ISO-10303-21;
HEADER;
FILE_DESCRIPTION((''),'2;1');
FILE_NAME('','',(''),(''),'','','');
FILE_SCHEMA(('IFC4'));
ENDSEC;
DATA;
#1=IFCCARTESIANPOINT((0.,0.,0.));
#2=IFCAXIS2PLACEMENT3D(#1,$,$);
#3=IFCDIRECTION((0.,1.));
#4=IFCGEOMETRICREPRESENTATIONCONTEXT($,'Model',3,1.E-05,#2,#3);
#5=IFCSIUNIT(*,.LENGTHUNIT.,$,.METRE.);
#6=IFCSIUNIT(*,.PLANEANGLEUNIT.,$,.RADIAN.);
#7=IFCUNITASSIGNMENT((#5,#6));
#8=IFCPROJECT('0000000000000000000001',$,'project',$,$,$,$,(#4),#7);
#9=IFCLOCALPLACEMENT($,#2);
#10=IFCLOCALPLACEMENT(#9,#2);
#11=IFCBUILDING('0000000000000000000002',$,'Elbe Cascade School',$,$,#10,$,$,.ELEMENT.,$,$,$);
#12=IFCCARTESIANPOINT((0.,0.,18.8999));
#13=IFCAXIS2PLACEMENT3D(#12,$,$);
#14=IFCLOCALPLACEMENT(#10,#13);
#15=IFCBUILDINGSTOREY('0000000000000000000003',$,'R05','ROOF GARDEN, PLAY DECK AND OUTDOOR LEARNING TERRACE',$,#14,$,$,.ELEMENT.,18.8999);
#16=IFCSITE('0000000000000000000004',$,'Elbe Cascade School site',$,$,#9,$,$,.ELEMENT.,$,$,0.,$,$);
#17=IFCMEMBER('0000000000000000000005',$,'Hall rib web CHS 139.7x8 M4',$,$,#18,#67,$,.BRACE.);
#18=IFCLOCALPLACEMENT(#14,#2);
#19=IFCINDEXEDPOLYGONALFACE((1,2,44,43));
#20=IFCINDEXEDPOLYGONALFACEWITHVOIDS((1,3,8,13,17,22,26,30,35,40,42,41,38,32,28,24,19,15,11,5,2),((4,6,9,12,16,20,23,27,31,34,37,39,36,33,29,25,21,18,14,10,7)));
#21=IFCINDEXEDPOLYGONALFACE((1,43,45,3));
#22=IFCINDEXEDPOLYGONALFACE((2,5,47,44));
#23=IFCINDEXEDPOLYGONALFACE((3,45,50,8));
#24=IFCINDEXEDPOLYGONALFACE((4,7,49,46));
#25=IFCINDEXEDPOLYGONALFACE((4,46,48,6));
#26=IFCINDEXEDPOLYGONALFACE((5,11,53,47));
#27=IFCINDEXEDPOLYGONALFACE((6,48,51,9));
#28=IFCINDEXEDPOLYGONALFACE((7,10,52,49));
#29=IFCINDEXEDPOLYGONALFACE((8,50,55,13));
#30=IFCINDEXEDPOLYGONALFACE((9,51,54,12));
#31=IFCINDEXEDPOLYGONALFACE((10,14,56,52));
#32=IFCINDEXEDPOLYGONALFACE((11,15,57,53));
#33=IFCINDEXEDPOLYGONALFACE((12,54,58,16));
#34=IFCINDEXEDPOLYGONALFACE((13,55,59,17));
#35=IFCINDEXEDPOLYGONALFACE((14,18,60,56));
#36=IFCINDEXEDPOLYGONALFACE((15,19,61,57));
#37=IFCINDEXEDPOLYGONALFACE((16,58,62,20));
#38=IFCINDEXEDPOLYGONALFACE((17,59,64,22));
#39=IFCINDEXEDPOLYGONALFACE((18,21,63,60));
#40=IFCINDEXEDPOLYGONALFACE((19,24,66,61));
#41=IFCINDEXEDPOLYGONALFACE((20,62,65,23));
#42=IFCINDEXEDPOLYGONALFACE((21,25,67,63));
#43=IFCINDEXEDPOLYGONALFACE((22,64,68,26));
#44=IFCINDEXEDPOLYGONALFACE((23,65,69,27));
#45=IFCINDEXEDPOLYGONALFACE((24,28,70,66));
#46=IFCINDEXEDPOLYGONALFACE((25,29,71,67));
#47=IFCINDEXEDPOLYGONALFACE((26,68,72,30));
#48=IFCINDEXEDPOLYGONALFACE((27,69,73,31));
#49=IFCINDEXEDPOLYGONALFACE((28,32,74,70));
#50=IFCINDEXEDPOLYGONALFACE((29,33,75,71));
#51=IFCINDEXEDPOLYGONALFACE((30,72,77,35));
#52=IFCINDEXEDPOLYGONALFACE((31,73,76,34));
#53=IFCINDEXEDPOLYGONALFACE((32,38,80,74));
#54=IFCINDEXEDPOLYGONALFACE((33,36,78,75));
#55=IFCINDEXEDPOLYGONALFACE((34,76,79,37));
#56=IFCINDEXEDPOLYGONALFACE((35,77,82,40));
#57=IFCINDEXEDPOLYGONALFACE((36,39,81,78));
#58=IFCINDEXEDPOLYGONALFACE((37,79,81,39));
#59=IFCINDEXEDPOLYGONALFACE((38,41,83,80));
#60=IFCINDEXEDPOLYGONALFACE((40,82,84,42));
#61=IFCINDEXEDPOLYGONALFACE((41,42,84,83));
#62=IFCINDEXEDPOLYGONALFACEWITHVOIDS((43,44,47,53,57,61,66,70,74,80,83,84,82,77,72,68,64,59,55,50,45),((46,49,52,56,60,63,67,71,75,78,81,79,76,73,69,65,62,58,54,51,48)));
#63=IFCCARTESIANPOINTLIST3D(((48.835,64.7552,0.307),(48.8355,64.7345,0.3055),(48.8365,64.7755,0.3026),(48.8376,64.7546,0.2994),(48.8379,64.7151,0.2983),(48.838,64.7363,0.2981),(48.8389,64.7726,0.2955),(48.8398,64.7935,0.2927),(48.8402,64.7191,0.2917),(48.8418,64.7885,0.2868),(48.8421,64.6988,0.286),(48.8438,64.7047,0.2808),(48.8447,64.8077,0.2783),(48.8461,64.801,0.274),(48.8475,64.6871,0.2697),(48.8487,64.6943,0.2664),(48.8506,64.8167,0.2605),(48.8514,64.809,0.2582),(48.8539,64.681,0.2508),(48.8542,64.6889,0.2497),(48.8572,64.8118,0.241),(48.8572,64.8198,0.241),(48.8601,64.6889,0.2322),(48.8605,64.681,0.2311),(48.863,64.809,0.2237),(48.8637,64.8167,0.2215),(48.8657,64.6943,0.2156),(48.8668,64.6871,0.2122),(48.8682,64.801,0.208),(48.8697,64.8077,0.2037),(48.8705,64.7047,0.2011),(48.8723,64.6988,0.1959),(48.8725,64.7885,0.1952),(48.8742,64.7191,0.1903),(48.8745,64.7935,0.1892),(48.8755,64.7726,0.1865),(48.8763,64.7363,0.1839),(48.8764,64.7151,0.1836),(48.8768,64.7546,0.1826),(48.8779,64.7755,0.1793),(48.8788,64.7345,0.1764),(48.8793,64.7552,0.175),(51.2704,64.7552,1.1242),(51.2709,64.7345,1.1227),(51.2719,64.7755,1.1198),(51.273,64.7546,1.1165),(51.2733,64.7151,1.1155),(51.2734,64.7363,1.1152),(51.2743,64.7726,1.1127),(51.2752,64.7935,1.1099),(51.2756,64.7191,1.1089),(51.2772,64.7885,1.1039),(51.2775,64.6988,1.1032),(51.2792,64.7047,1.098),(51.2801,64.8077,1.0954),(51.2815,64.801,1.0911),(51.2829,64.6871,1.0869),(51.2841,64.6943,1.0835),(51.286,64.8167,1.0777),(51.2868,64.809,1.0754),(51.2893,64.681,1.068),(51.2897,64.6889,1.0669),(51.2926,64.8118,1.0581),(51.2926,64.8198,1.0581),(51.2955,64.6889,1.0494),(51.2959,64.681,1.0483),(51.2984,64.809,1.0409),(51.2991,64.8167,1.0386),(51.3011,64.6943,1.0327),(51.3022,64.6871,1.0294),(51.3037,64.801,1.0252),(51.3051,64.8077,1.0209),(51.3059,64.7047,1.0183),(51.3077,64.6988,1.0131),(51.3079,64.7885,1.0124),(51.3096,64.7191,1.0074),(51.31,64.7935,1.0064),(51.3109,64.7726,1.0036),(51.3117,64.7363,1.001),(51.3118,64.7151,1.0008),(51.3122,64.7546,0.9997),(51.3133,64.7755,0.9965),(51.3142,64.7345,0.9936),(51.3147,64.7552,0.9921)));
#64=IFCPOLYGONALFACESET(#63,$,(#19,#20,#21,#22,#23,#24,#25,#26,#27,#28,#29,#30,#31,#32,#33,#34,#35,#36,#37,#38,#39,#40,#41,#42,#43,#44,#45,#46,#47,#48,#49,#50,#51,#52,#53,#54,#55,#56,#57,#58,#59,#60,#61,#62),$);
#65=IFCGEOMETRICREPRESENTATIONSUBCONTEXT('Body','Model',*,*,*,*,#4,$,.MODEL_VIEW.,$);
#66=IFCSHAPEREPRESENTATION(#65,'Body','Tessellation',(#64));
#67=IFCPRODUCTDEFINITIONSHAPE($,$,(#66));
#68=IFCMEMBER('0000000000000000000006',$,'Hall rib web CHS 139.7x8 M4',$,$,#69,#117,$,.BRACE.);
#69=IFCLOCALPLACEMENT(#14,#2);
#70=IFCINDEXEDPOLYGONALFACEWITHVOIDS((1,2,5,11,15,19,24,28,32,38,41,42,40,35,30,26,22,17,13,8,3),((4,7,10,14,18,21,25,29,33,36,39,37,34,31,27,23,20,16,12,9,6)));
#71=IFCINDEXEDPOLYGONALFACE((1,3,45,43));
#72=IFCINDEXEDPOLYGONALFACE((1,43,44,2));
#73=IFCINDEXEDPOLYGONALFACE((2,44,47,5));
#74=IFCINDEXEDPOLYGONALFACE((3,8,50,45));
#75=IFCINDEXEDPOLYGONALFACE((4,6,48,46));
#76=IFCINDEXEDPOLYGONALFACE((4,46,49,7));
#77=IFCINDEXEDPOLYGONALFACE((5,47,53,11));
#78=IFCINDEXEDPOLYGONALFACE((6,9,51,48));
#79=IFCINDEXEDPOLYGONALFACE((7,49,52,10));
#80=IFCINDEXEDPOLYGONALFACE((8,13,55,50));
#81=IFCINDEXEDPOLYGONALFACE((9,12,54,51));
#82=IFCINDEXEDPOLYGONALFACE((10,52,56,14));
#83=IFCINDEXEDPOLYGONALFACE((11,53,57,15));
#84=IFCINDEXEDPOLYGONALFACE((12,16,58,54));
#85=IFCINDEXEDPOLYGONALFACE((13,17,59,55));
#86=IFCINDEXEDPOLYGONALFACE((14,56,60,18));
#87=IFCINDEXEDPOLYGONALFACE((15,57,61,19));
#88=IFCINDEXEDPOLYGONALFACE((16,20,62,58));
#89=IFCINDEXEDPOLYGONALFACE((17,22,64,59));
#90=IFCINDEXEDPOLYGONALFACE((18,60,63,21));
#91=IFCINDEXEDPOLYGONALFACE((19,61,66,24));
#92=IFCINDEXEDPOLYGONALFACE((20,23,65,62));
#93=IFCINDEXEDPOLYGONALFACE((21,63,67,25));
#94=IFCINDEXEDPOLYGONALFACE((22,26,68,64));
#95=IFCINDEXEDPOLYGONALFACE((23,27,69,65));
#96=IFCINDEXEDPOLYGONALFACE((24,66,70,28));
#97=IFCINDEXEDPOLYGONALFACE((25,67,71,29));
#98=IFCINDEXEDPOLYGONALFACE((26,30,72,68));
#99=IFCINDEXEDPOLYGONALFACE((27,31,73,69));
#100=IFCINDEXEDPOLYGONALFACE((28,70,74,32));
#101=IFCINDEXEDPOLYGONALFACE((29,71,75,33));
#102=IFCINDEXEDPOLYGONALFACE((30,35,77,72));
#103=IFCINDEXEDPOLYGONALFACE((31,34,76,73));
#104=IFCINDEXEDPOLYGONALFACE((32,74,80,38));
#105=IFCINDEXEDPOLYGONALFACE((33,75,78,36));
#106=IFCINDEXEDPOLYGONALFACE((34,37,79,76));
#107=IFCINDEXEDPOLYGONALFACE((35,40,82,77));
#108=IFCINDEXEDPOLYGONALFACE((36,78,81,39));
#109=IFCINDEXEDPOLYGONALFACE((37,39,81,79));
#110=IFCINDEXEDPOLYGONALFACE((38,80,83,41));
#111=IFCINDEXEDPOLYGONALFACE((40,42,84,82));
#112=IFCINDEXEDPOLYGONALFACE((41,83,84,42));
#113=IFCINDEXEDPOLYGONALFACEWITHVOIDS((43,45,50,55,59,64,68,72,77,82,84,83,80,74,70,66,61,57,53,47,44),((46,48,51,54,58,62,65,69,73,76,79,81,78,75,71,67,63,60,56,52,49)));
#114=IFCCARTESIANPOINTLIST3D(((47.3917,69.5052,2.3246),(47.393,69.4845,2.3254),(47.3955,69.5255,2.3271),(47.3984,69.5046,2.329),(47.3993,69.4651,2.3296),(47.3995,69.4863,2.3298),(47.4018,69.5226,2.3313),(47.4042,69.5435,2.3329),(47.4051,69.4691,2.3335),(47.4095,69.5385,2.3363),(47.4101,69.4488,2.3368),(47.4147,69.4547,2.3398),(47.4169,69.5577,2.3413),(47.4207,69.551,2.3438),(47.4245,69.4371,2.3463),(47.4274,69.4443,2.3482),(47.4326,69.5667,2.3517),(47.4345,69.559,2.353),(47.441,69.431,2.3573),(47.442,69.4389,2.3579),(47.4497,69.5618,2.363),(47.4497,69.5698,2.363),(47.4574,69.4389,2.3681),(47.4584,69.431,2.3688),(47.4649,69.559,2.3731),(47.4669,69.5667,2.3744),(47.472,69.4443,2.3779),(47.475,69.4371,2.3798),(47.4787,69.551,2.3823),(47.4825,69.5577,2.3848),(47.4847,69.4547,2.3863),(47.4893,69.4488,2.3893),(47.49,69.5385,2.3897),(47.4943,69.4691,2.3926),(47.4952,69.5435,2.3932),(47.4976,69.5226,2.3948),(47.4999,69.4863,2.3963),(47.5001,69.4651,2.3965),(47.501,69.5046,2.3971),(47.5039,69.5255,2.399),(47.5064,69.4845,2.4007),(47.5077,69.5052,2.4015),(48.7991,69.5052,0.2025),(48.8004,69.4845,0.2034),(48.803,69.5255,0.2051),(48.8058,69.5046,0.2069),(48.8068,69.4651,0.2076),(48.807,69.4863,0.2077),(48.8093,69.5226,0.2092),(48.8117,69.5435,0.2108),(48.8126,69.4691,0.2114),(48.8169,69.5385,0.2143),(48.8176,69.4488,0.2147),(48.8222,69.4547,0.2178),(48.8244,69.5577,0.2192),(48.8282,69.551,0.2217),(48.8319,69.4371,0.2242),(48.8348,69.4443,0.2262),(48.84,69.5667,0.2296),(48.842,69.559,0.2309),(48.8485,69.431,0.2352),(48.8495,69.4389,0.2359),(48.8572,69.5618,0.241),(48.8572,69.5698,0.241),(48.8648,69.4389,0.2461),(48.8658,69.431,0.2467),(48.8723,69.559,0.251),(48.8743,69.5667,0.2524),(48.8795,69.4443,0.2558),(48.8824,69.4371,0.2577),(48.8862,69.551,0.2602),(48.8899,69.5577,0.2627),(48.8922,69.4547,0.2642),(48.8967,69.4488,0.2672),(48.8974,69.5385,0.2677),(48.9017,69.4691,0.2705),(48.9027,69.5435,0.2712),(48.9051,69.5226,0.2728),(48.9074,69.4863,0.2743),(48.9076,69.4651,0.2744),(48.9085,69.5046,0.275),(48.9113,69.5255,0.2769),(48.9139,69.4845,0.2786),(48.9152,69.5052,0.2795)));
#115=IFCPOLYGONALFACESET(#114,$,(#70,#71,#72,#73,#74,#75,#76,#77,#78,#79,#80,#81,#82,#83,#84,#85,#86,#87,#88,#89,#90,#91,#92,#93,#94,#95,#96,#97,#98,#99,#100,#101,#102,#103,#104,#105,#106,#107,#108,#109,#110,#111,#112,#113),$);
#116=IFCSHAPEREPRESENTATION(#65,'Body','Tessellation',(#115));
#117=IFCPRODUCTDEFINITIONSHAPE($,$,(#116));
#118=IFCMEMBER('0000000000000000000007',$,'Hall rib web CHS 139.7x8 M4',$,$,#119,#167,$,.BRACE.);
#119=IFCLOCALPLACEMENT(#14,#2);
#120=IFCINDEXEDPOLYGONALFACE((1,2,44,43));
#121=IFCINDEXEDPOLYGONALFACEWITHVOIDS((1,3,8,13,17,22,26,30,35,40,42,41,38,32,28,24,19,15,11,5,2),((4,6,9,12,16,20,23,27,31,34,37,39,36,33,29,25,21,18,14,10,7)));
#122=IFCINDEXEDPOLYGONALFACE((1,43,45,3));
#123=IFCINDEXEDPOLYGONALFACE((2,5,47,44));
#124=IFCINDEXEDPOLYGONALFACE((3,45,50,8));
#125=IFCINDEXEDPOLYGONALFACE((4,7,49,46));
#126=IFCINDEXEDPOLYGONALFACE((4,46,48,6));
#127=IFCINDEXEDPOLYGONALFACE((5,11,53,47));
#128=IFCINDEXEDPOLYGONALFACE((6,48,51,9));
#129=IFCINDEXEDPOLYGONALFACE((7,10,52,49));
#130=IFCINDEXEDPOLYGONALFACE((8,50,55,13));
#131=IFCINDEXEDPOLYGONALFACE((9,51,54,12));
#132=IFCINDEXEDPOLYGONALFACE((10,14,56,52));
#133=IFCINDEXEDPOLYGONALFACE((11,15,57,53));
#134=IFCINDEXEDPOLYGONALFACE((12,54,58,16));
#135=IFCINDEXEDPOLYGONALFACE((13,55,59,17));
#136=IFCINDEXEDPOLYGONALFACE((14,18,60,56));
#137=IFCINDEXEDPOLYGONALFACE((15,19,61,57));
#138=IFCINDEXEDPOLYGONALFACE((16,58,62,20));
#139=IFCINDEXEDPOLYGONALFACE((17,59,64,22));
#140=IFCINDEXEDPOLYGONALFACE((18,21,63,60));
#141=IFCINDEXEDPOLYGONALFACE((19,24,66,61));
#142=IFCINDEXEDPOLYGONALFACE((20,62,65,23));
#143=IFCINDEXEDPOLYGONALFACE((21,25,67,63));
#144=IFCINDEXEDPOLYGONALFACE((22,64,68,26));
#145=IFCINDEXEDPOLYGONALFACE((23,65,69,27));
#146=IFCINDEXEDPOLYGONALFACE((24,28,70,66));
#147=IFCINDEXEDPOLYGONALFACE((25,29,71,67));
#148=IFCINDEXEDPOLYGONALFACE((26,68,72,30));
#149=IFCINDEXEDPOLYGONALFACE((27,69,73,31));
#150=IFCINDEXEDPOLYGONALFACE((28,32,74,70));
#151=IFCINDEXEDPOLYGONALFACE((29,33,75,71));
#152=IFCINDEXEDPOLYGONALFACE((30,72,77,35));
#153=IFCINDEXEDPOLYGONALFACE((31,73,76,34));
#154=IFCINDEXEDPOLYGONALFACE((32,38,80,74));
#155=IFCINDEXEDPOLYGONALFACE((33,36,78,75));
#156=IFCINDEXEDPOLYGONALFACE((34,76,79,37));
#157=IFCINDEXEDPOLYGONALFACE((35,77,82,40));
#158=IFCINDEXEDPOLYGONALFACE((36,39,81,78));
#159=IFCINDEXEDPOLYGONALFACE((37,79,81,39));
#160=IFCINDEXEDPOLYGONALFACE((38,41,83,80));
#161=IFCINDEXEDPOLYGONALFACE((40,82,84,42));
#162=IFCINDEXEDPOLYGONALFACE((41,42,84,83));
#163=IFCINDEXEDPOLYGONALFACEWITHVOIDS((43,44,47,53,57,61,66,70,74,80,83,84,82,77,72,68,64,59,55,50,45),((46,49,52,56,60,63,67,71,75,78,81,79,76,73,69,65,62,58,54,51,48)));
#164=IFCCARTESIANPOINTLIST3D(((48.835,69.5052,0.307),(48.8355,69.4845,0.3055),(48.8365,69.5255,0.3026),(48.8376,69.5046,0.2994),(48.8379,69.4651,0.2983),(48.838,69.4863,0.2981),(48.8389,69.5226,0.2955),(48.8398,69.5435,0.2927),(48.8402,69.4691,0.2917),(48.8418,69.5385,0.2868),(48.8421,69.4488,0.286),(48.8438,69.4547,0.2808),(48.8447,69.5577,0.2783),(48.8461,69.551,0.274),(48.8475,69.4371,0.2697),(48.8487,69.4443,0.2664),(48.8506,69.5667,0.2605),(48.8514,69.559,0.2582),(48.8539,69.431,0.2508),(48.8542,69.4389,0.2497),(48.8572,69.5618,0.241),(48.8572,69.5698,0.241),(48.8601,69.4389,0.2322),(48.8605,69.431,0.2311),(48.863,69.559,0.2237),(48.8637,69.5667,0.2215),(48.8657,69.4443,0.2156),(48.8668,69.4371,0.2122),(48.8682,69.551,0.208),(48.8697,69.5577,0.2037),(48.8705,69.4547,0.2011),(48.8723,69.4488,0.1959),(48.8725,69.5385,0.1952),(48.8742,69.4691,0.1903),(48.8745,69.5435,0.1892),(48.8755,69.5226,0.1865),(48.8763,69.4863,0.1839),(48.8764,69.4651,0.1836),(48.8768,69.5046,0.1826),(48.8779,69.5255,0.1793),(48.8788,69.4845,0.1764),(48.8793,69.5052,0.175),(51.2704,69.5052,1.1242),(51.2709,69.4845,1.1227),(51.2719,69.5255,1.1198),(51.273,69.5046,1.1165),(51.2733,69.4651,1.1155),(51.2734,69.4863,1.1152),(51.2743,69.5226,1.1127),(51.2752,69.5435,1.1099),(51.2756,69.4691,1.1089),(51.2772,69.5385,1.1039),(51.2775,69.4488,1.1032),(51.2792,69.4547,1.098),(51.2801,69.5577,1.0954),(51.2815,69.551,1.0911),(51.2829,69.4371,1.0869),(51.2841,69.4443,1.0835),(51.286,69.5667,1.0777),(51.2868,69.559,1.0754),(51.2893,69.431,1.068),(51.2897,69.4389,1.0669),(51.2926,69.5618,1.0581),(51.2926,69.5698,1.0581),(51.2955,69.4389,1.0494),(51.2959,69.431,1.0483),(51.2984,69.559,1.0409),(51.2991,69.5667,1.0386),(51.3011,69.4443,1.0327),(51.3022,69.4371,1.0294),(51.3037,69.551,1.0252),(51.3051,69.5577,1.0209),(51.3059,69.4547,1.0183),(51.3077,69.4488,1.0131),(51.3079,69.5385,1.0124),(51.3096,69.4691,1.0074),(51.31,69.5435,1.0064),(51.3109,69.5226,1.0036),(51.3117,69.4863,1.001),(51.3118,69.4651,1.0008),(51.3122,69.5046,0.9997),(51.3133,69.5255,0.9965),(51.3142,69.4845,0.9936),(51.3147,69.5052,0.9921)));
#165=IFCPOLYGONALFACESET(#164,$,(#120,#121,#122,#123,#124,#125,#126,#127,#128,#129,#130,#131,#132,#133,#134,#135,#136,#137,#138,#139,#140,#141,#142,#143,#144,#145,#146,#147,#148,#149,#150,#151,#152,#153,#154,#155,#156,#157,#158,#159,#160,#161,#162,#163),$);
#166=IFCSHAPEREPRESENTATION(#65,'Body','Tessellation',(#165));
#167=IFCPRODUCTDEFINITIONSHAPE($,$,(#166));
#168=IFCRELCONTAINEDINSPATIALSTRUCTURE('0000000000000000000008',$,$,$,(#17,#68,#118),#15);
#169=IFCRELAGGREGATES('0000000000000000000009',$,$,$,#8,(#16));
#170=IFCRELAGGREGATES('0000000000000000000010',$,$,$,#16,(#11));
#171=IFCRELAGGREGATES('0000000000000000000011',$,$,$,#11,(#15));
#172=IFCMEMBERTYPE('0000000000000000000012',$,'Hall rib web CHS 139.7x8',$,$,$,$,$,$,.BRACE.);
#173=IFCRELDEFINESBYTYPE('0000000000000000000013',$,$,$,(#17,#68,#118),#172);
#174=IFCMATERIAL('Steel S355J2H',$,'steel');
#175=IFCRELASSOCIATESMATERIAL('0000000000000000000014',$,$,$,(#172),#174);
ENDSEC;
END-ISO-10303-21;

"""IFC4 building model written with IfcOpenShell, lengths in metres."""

from ifc_helpers import new_model, si_unit, direction, frame, origin, origin_2d, place, context, subcontext, project, spatial, hollow_circle, extrude, material, material_profile, profile_set, type_object, element, save


model = new_model("IFC4")

# Units and contexts
model_context = context("Model", 3, precision=1e-05, world=origin(), true_north=direction((0.0, 1.0)))
body_context = subcontext(model_context, "Body", "Model", "MODEL_VIEW")
ifc_project = project(units=[si_unit("LENGTHUNIT", "METRE"), si_unit("PLANEANGLEUNIT", "RADIAN")], contexts=[model_context])

# Site, building, storey
site_placement = place(None, origin())
site = spatial("IfcSite", under=ifc_project, at=site_placement, Name="Elbe Cascade School site", CompositionType="ELEMENT", RefElevation=0.0)
building_placement = place(site_placement, origin())
building = spatial("IfcBuilding", under=site, at=building_placement, Name="Elbe Cascade School", CompositionType="ELEMENT")
storey_placement = place(building_placement, frame((0.0, 0.0, 18.8999)))
storey = spatial("IfcBuildingStorey", under=building, at=storey_placement, Name="R05", Description="ROOF GARDEN, PLAY DECK AND OUTDOOR LEARNING TERRACE", CompositionType="ELEMENT", Elevation=18.8999)

# Members
ifc_material_1 = material(Name="Steel S355J2H", Category="steel")
ifc_material_profile_1 = material_profile(ifc_material_1, hollow_circle(Radius=0.0698, WallThickness=0.0081, at=origin_2d()), Name="CHS 139.7x8")
ifc_profile_set_1 = profile_set([ifc_material_profile_1], Name="Steel S355J2H")
member_type_1 = type_object("IfcMemberType", Name="Hall rib web CHS 139.7x8", PredefinedType="BRACE", material=ifc_profile_set_1)
member_1_placement = place(storey_placement, frame((48.8572, 64.75, 0.241), z_axis=(0.948054, 0.0, 0.318109), x_axis=(0.0, 1.0, 0.0)))
element("IfcMember", 1, at=member_1_placement, inside=storey, type_object=member_type_1, Name="Hall rib web CHS 139.7x8 M4", PredefinedType="BRACE", context=body_context, shape_type="SweptSolid", body=[
    extrude(hollow_circle(Radius=0.0698, WallThickness=0.0081, at=origin_2d()), origin(), (0.0, 0.0, 1.0), 2.5688),
])
member_2_placement = place(storey_placement, frame((47.4497, 69.5, 2.363), z_axis=(0.552729, 0.0, -0.833361), x_axis=(0.0, 1.0, 0.0)))
element("IfcMember", 2, at=member_2_placement, inside=storey, type_object=member_type_1, Name="Hall rib web CHS 139.7x8 M4", PredefinedType="BRACE", context=body_context, shape_type="SweptSolid", body=[
    extrude(hollow_circle(Radius=0.0698, WallThickness=0.0081, at=origin_2d()), origin(), (0.0, 0.0, 1.0), 2.5464),
])
member_3_placement = place(storey_placement, frame((48.8572, 69.5, 0.241), z_axis=(0.948054, 0.0, 0.318109), x_axis=(0.0, 1.0, 0.0)))
element("IfcMember", 3, at=member_3_placement, inside=storey, type_object=member_type_1, Name="Hall rib web CHS 139.7x8 M4", PredefinedType="BRACE", context=body_context, shape_type="SweptSolid", body=[
    extrude(hollow_circle(Radius=0.0698, WallThickness=0.0081, at=origin_2d()), origin(), (0.0, 0.0, 1.0), 2.5688),
])

save(model, "model.ifc")
